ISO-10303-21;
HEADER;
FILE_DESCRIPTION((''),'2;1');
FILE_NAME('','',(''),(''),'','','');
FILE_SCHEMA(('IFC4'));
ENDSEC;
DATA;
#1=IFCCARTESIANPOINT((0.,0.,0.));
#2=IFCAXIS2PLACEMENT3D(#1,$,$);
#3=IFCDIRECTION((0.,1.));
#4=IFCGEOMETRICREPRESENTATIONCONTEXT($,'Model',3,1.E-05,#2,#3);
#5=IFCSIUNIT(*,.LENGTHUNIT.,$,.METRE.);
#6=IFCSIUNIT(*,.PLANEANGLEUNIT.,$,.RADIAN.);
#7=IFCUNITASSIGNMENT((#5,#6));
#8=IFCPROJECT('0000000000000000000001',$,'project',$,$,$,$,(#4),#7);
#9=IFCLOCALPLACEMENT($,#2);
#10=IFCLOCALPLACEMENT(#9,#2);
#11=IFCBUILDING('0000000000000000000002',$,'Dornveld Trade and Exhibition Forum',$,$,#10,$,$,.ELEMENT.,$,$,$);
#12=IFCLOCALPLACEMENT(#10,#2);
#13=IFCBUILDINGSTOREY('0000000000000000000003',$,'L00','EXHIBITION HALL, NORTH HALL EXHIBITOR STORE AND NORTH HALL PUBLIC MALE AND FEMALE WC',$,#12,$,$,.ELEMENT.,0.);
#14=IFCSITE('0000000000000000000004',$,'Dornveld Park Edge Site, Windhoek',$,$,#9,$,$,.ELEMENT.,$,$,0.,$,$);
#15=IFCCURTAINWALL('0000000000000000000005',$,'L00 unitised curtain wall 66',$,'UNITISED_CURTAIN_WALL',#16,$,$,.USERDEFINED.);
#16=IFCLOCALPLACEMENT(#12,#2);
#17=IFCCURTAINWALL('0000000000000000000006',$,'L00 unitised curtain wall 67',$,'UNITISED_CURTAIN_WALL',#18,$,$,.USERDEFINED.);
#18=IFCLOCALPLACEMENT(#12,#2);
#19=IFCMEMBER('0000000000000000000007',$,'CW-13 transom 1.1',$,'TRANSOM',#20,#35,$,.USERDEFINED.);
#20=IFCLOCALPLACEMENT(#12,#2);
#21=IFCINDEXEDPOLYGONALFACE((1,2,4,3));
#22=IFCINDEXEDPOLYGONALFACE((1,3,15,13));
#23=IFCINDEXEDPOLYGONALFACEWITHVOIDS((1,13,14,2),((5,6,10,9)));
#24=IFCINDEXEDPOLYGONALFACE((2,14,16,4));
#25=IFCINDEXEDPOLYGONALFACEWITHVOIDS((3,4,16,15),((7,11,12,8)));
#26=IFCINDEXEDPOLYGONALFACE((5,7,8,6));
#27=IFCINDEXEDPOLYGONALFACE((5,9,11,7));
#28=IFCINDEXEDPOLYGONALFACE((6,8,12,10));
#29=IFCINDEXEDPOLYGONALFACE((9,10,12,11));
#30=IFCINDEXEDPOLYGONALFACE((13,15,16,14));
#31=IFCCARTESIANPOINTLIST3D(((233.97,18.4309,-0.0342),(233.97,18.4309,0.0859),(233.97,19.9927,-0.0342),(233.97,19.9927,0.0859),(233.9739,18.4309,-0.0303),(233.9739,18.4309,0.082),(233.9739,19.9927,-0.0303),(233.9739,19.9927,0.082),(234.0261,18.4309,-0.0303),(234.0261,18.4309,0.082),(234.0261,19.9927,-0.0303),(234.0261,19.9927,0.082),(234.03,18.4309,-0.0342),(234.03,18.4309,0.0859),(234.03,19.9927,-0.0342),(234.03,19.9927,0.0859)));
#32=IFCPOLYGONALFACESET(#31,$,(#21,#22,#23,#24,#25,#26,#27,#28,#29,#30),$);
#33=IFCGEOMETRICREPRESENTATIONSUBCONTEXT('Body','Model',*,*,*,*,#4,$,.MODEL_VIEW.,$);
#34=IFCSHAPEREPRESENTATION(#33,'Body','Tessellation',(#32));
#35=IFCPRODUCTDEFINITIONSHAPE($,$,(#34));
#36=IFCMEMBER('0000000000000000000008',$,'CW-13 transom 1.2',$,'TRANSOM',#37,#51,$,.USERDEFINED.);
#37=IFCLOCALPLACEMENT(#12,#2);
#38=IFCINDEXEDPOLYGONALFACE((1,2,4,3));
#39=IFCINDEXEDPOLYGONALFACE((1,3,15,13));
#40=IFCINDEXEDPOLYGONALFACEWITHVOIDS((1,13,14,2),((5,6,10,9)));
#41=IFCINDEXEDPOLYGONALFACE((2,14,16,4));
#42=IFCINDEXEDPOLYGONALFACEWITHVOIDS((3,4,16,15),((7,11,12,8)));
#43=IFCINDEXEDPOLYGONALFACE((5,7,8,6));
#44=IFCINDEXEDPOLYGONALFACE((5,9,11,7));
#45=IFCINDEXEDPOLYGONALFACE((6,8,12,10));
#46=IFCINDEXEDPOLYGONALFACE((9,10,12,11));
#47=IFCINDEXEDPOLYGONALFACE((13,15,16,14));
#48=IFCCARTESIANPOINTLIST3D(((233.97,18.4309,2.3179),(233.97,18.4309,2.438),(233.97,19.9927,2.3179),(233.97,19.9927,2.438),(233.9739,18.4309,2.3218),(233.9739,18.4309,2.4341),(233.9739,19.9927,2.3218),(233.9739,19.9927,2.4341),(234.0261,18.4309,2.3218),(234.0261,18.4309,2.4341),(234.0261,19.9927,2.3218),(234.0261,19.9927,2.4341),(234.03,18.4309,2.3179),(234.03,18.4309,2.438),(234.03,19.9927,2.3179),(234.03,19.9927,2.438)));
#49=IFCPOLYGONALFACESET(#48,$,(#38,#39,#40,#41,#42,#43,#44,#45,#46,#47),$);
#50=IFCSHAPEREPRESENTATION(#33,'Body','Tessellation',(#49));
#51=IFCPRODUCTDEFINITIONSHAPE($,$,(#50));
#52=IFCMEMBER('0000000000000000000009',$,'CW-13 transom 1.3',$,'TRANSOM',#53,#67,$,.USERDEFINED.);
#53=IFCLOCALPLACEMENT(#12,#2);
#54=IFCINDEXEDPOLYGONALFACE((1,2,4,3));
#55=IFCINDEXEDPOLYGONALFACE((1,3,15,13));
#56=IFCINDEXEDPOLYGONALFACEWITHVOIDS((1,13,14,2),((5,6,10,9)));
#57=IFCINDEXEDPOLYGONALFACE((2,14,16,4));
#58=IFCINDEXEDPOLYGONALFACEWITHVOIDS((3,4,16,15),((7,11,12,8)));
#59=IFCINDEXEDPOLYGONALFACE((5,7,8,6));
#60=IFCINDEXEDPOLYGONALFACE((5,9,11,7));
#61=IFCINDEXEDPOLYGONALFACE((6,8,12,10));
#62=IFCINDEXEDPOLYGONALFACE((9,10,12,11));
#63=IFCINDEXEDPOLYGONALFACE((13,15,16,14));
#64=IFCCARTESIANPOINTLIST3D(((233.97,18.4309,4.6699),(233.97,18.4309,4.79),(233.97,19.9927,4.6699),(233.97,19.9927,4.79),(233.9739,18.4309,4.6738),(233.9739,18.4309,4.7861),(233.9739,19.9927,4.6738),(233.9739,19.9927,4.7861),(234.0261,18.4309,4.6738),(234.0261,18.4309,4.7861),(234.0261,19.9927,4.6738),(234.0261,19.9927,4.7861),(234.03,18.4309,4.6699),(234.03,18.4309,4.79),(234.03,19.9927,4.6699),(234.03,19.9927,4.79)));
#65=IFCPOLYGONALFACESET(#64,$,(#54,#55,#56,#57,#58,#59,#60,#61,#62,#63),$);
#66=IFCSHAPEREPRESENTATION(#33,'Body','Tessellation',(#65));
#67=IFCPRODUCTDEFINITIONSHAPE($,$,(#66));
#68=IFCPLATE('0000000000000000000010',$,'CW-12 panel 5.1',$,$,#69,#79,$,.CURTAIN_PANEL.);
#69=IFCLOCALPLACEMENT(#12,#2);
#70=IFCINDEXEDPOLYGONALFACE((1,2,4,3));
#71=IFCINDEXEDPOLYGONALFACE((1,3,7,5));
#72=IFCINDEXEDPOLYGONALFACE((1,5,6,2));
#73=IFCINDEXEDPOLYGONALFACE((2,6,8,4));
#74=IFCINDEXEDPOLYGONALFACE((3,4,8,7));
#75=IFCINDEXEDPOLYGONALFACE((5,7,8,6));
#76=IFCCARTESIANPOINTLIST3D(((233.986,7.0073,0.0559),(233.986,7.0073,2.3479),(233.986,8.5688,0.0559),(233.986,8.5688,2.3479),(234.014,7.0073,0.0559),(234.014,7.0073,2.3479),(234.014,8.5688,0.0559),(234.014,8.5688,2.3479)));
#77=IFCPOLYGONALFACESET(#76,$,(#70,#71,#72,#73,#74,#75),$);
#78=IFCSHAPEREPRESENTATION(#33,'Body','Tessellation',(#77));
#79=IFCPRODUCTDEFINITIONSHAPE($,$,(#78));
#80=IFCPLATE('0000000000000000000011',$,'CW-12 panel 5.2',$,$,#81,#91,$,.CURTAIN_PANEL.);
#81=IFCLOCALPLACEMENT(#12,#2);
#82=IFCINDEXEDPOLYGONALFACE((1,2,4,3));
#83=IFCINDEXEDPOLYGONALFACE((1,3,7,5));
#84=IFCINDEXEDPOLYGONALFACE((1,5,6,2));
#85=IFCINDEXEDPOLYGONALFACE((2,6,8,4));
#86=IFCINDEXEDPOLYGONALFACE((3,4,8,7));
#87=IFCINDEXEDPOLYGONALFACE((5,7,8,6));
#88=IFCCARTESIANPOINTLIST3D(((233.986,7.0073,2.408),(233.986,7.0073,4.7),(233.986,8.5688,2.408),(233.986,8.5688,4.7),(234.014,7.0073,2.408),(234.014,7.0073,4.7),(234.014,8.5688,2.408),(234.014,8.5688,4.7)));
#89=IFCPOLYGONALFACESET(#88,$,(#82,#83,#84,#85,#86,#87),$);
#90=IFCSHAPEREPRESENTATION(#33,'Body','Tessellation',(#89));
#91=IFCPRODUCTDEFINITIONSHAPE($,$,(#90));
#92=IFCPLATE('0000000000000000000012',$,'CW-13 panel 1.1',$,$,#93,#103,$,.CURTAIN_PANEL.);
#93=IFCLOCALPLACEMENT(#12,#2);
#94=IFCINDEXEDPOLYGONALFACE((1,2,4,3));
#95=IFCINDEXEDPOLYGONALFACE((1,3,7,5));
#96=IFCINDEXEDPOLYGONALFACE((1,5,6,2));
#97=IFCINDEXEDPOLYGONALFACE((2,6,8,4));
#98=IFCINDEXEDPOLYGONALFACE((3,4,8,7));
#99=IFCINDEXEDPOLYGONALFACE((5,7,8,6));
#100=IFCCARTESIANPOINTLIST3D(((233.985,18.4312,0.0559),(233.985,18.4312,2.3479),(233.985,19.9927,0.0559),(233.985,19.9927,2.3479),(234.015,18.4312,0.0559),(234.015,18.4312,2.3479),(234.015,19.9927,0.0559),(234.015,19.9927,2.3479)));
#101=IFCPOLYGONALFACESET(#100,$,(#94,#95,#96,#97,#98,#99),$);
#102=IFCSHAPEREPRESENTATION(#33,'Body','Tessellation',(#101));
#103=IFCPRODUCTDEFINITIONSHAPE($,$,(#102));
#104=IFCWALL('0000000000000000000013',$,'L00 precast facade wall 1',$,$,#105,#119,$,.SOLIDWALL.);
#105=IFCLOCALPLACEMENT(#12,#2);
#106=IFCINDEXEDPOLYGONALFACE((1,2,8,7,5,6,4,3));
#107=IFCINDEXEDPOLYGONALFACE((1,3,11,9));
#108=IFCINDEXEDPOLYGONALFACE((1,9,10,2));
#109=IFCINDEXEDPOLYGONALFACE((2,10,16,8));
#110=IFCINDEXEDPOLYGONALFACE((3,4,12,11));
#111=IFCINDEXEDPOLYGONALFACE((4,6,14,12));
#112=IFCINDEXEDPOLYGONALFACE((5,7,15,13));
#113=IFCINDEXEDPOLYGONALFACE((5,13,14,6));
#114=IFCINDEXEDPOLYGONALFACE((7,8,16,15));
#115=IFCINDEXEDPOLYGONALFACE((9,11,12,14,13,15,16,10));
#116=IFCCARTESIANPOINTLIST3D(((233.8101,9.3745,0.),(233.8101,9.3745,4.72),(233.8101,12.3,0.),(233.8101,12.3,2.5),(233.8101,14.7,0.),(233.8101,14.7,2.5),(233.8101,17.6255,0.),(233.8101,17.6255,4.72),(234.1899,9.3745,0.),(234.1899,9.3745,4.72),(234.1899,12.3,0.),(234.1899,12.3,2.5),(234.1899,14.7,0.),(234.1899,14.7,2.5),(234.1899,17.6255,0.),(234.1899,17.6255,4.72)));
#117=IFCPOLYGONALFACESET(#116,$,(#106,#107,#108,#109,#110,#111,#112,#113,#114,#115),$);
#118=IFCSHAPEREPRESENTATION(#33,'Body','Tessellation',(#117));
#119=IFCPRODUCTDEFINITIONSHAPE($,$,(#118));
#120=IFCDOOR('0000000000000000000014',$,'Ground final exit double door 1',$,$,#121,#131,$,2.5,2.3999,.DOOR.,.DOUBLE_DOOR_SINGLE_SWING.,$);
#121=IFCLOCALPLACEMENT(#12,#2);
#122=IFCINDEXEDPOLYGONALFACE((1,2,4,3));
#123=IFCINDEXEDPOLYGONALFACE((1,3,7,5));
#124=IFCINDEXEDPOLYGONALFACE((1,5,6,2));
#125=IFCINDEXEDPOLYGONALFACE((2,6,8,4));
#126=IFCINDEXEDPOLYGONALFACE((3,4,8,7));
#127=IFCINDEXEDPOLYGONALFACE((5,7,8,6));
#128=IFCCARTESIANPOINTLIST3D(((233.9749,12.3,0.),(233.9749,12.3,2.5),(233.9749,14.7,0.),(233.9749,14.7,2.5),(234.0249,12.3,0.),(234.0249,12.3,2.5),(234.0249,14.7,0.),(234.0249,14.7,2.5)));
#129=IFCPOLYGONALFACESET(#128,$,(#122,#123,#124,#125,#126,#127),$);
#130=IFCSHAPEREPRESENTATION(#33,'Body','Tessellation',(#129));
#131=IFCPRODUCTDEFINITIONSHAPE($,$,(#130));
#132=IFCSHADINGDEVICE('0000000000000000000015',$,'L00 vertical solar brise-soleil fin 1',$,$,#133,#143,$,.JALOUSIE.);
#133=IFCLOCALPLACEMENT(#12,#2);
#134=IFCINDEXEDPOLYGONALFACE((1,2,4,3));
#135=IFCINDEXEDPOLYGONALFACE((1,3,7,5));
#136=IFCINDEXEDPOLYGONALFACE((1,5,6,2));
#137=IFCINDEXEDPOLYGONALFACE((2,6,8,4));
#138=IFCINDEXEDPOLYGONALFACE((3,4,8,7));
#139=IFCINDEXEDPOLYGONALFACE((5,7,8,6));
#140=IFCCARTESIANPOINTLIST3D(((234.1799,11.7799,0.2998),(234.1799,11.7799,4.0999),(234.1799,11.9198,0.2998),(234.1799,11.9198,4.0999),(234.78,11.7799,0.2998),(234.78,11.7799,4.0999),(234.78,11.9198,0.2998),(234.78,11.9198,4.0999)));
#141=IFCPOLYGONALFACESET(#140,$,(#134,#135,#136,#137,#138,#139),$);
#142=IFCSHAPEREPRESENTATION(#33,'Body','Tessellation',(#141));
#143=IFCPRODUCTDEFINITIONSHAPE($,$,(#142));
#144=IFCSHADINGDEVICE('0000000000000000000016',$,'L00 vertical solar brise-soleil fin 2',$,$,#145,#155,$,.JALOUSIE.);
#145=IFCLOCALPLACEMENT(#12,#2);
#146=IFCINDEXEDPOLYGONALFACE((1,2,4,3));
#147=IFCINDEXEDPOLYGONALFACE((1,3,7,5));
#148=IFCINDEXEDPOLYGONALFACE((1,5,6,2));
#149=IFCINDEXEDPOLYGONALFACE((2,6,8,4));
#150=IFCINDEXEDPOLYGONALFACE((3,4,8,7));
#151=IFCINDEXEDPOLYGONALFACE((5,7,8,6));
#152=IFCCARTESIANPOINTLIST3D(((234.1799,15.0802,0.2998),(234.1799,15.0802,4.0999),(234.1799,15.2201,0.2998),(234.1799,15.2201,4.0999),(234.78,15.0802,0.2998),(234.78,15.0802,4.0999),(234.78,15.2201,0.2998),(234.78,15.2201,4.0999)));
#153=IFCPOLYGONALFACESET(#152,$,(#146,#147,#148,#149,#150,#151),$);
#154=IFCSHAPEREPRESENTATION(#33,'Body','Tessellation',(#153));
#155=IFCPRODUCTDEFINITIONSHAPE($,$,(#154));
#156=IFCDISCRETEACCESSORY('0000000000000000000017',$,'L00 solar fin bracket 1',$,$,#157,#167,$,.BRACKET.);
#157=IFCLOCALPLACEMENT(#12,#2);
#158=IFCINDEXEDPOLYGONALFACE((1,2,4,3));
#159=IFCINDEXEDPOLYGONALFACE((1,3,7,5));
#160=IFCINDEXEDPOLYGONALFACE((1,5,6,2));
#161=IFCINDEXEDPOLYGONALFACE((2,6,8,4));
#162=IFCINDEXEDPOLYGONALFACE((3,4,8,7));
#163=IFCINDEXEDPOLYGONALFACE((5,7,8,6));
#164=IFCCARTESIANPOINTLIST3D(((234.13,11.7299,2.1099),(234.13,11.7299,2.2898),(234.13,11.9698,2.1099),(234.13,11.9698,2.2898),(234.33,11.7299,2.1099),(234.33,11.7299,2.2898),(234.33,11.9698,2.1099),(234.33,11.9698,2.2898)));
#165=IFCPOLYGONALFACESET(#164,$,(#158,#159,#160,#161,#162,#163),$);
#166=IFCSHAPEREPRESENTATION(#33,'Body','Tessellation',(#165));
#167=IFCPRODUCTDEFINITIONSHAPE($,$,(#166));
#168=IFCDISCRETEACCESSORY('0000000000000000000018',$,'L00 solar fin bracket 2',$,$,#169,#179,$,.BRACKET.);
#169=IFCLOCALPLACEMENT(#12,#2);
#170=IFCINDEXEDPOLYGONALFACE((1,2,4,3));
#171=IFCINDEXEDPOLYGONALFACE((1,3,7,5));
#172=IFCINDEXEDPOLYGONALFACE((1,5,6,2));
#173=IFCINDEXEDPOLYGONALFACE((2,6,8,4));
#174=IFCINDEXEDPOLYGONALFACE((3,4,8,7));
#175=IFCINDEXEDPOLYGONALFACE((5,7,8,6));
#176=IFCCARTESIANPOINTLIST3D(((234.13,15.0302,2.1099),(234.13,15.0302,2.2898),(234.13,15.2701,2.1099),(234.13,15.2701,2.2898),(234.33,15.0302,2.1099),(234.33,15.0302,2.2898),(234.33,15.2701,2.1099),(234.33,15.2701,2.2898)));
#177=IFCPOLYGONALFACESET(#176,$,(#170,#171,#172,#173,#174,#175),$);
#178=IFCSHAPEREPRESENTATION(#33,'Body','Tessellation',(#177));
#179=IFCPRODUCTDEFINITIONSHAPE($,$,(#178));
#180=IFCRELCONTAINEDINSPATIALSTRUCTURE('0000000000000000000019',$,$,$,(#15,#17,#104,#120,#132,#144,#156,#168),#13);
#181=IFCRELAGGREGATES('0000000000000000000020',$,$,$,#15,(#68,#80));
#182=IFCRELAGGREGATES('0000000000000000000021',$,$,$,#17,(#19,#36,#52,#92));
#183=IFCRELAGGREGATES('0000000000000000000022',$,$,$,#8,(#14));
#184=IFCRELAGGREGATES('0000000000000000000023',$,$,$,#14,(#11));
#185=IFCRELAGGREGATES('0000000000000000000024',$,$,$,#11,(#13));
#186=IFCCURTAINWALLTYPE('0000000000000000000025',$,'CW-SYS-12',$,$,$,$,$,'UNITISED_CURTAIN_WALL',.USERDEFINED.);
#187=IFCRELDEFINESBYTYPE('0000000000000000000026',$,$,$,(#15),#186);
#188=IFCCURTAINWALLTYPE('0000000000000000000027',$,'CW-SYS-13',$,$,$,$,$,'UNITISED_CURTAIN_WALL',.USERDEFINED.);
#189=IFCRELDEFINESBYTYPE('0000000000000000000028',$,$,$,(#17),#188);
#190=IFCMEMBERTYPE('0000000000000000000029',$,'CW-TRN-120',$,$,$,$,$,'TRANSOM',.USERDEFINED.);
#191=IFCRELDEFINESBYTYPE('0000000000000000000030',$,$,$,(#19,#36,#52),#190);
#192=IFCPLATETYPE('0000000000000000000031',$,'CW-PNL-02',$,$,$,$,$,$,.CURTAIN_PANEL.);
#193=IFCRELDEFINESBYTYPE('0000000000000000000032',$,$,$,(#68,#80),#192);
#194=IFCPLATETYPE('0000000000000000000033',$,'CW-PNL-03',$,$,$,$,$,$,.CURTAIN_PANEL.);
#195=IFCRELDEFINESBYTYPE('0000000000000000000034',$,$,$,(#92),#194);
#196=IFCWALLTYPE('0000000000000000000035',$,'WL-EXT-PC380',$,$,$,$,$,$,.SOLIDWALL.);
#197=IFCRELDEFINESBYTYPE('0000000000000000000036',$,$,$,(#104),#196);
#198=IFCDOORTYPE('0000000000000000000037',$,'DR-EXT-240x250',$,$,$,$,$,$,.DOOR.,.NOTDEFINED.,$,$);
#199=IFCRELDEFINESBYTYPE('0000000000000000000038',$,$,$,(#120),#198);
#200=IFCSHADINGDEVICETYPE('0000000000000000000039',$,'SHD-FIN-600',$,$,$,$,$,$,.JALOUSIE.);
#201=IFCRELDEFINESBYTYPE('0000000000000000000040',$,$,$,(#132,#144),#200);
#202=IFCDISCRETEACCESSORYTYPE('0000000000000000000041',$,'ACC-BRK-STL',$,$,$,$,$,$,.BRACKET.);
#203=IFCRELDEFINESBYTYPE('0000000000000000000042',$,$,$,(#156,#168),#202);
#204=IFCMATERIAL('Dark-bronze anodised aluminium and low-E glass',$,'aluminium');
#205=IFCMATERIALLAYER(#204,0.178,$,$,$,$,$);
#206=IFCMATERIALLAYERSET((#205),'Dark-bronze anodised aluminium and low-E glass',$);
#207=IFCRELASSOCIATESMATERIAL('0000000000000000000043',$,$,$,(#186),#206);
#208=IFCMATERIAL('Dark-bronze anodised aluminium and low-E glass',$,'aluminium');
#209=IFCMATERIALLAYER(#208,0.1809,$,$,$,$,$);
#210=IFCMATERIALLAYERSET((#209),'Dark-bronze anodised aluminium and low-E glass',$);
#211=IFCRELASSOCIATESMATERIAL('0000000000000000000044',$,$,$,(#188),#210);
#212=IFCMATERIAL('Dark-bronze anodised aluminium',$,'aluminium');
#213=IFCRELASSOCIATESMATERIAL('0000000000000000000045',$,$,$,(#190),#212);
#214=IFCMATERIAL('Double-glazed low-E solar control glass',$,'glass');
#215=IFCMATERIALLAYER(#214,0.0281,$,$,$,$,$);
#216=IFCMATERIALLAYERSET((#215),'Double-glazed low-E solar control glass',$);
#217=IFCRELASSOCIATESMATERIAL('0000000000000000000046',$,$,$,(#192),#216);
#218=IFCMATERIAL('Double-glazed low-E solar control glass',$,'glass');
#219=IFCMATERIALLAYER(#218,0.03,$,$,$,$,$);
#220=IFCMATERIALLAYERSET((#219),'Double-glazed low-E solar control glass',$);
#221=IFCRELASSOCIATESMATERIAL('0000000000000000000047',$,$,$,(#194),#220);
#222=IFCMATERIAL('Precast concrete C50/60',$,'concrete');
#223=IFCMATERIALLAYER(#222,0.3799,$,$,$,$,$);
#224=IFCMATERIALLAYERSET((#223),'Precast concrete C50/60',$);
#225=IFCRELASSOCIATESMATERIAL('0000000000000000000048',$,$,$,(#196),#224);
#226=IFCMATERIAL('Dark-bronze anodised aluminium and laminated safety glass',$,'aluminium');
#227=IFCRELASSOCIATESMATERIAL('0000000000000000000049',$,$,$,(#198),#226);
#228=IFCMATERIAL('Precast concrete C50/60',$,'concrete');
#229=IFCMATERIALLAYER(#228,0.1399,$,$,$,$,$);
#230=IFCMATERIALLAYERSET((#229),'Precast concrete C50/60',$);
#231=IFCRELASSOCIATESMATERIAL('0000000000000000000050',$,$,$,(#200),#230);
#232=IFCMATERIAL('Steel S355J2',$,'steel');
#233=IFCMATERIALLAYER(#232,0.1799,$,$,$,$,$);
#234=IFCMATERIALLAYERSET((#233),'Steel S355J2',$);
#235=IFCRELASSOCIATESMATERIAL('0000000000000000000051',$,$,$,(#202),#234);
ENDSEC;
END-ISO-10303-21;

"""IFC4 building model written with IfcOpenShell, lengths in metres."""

from ifc_helpers import new_model, si_unit, direction, frame, frame_2d, origin, origin_2d, place, context, subcontext, project, spatial, rectangle, hollow_rectangle, extrude, material, layer, layer_set, material_profile, profile_set, type_object, element, fill, aggregate, save


model = new_model("IFC4")

# Units and contexts
model_context = context("Model", 3, precision=1e-05, world=origin(), true_north=direction((0.0, 1.0)))
body_context = subcontext(model_context, "Body", "Model", "MODEL_VIEW")
ifc_project = project(units=[si_unit("LENGTHUNIT", "METRE"), si_unit("PLANEANGLEUNIT", "RADIAN")], contexts=[model_context])

# Site, building, storey
site_placement = place(None, origin())
site = spatial("IfcSite", under=ifc_project, at=site_placement, Name="Dornveld Park Edge Site, Windhoek", CompositionType="ELEMENT", RefElevation=0.0)
building_placement = place(site_placement, origin())
building = spatial("IfcBuilding", under=site, at=building_placement, Name="Dornveld Trade and Exhibition Forum", CompositionType="ELEMENT")
storey_placement = place(building_placement, origin())
storey = spatial("IfcBuildingStorey", under=building, at=storey_placement, Name="L00", Description="EXHIBITION HALL, NORTH HALL EXHIBITOR STORE AND NORTH HALL PUBLIC MALE AND FEMALE WC", CompositionType="ELEMENT", Elevation=0.0)

# Curtain walls
ifc_material_1 = material(Name="Dark-bronze anodised aluminium and low-E glass", Category="aluminium")
ifc_layer_1 = layer(ifc_material_1, 0.178)
ifc_layer_set_1 = layer_set([ifc_layer_1], Name="Dark-bronze anodised aluminium and low-E glass")
curtain_wall_type_1 = type_object("IfcCurtainWallType", Name="CW-SYS-12", ElementType="UNITISED_CURTAIN_WALL", PredefinedType="USERDEFINED", material=ifc_layer_set_1)
curtain_wall_1_placement = place(storey_placement, origin())
curtain_wall_1 = element("IfcCurtainWall", 1, at=curtain_wall_1_placement, inside=storey, type_object=curtain_wall_type_1, Name="L00 unitised curtain wall 66", ObjectType="UNITISED_CURTAIN_WALL", PredefinedType="USERDEFINED")
ifc_material_2 = material(Name="Dark-bronze anodised aluminium and low-E glass", Category="aluminium")
ifc_layer_2 = layer(ifc_material_2, 0.1809)
ifc_layer_set_2 = layer_set([ifc_layer_2], Name="Dark-bronze anodised aluminium and low-E glass")
curtain_wall_type_2 = type_object("IfcCurtainWallType", Name="CW-SYS-13", ElementType="UNITISED_CURTAIN_WALL", PredefinedType="USERDEFINED", material=ifc_layer_set_2)
curtain_wall_2_placement = place(storey_placement, origin())
curtain_wall_2 = element("IfcCurtainWall", 2, at=curtain_wall_2_placement, inside=storey, type_object=curtain_wall_type_2, Name="L00 unitised curtain wall 67", ObjectType="UNITISED_CURTAIN_WALL", PredefinedType="USERDEFINED")

# Members
ifc_material_3 = material(Name="Dark-bronze anodised aluminium", Category="aluminium")
ifc_material_profile_1 = material_profile(ifc_material_3, hollow_rectangle(XDim=0.0601, YDim=0.1201, WallThickness=0.0039, at=origin_2d()), Name="RHS 120x60x4")
ifc_profile_set_1 = profile_set([ifc_material_profile_1], Name="Dark-bronze anodised aluminium")
member_type_1 = type_object("IfcMemberType", Name="CW-TRN-120", ElementType="TRANSOM", PredefinedType="USERDEFINED", material=ifc_profile_set_1)
member_1_placement = place(storey_placement, frame((234.0, 18.4309, 0.0259), z_axis=(0.0, 1.0, 0.0), x_axis=(-1.0, 0.0, 0.0)))
member_1 = element("IfcMember", 3, at=member_1_placement, type_object=member_type_1, Name="CW-13 transom 1.1", ObjectType="TRANSOM", PredefinedType="USERDEFINED", context=body_context, shape_type="SweptSolid", body=[
    extrude(hollow_rectangle(XDim=0.0601, YDim=0.1201, WallThickness=0.0039, at=origin_2d()), origin(), (0.0, 0.0, 1.0), 1.5618),
])
member_2_placement = place(storey_placement, frame((234.0, 18.4309, 2.3779), z_axis=(0.0, 1.0, 0.0), x_axis=(-1.0, 0.0, 0.0)))
member_2 = element("IfcMember", 4, at=member_2_placement, type_object=member_type_1, Name="CW-13 transom 1.2", ObjectType="TRANSOM", PredefinedType="USERDEFINED", context=body_context, shape_type="SweptSolid", body=[
    extrude(hollow_rectangle(XDim=0.0601, YDim=0.1201, WallThickness=0.0039, at=origin_2d()), origin(), (0.0, 0.0, 1.0), 1.5618),
])
member_3_placement = place(storey_placement, frame((234.0, 18.4309, 4.73), z_axis=(0.0, 1.0, 0.0), x_axis=(-1.0, 0.0, 0.0)))
member_3 = element("IfcMember", 5, at=member_3_placement, type_object=member_type_1, Name="CW-13 transom 1.3", ObjectType="TRANSOM", PredefinedType="USERDEFINED", context=body_context, shape_type="SweptSolid", body=[
    extrude(hollow_rectangle(XDim=0.0601, YDim=0.1201, WallThickness=0.0039, at=origin_2d()), origin(), (0.0, 0.0, 1.0), 1.5618),
])

# Plates
ifc_material_4 = material(Name="Double-glazed low-E solar control glass", Category="glass")
ifc_layer_3 = layer(ifc_material_4, 0.0281)
ifc_layer_set_3 = layer_set([ifc_layer_3], Name="Double-glazed low-E solar control glass")
plate_type_1 = type_object("IfcPlateType", Name="CW-PNL-02", PredefinedType="CURTAIN_PANEL", material=ifc_layer_set_3)
plate_1_placement = place(storey_placement, frame((234.0, 7.7881, 0.0559), z_axis=(0.0, 0.0, 1.0), x_axis=(0.0, 1.0, 0.0)))
plate_1 = element("IfcPlate", 6, at=plate_1_placement, type_object=plate_type_1, Name="CW-12 panel 5.1", PredefinedType="CURTAIN_PANEL", context=body_context, shape_type="SweptSolid", body=[
    extrude(rectangle(XDim=1.5615, YDim=0.0281, at=origin_2d()), origin(), (0.0, 0.0, 1.0), 2.292),
])
plate_2_placement = place(storey_placement, frame((234.0, 7.7881, 2.408), z_axis=(0.0, 0.0, 1.0), x_axis=(0.0, 1.0, 0.0)))
plate_2 = element("IfcPlate", 7, at=plate_2_placement, type_object=plate_type_1, Name="CW-12 panel 5.2", PredefinedType="CURTAIN_PANEL", context=body_context, shape_type="SweptSolid", body=[
    extrude(rectangle(XDim=1.5615, YDim=0.0281, at=origin_2d()), origin(), (0.0, 0.0, 1.0), 2.292),
])
aggregate(curtain_wall_1, [plate_1, plate_2])
ifc_material_5 = material(Name="Double-glazed low-E solar control glass", Category="glass")
ifc_layer_4 = layer(ifc_material_5, 0.03)
ifc_layer_set_4 = layer_set([ifc_layer_4], Name="Double-glazed low-E solar control glass")
plate_type_2 = type_object("IfcPlateType", Name="CW-PNL-03", PredefinedType="CURTAIN_PANEL", material=ifc_layer_set_4)
plate_3_placement = place(storey_placement, frame((234.0, 19.2119, 0.0559), z_axis=(0.0, 0.0, 1.0), x_axis=(0.0, 1.0, 0.0)))
plate_3 = element("IfcPlate", 8, at=plate_3_placement, type_object=plate_type_2, Name="CW-13 panel 1.1", PredefinedType="CURTAIN_PANEL", context=body_context, shape_type="SweptSolid", body=[
    extrude(rectangle(XDim=1.5615, YDim=0.03, at=origin_2d()), origin(), (0.0, 0.0, 1.0), 2.292),
])
aggregate(curtain_wall_2, [member_1, member_2, member_3, plate_3])

# Wall, opening, door
ifc_material_6 = material(Name="Precast concrete C50/60", Category="concrete")
ifc_layer_5 = layer(ifc_material_6, 0.3799)
ifc_layer_set_5 = layer_set([ifc_layer_5], Name="Precast concrete C50/60")
wall_type = type_object("IfcWallType", Name="WL-EXT-PC380", PredefinedType="SOLIDWALL", material=ifc_layer_set_5)
wall_placement = place(storey_placement, frame((234.0, 9.3745, 0.0), z_axis=(0.0, 0.0, 1.0), x_axis=(0.0, 1.0, 0.0)))
wall = element("IfcWall", 9, at=wall_placement, inside=storey, type_object=wall_type, Name="L00 precast facade wall 1", PredefinedType="SOLIDWALL", context=body_context, shape_type="SweptSolid", body=[
    extrude(rectangle(XDim=8.251, YDim=0.3799, at=frame_2d((4.1255, 0.0))), origin(), (0.0, 0.0, 1.0), 4.72),
])
opening_placement = place(wall_placement, frame((2.9255, 0.0, 0.0)))
opening = element("IfcOpeningElement", 10, at=opening_placement, cuts=wall, PredefinedType="OPENING", context=body_context, shape_type="SweptSolid", body=[
    extrude(rectangle(XDim=2.3999, YDim=2.5, at=frame_2d((1.2, 1.25))), frame((0.0, 0.2, 0.0), z_axis=(0.0, -1.0, 0.0), x_axis=(1.0, 0.0, 0.0)), (0.0, 0.0, 1.0), 0.3999),
])
ifc_material_7 = material(Name="Dark-bronze anodised aluminium and laminated safety glass", Category="aluminium")
door_type = type_object("IfcDoorType", Name="DR-EXT-240x250", OperationType="NOTDEFINED", PredefinedType="DOOR", material=ifc_material_7)
door_placement = place(opening_placement, frame((2.3999, 0.0, 0.0), z_axis=(0.0, 0.0, 1.0), x_axis=(-1.0, 0.0, 0.0)))
door = element("IfcDoor", 11, at=door_placement, inside=storey, type_object=door_type, Name="Ground final exit double door 1", OperationType="DOUBLE_DOOR_SINGLE_SWING", OverallHeight=2.5, OverallWidth=2.3999, PredefinedType="DOOR", context=body_context, shape_type="SweptSolid", body=[
    extrude(rectangle(XDim=2.3999, YDim=2.5, at=frame_2d((1.2, 1.25))), frame((0.0, 0.0249, 0.0), z_axis=(0.0, -1.0, 0.0), x_axis=(1.0, 0.0, 0.0)), (0.0, 0.0, 1.0), 0.05),
])
fill(opening, door)

# Shading devices
ifc_material_8 = material(Name="Precast concrete C50/60", Category="concrete")
ifc_layer_6 = layer(ifc_material_8, 0.1399)
ifc_layer_set_6 = layer_set([ifc_layer_6], Name="Precast concrete C50/60")
shading_device_type = type_object("IfcShadingDeviceType", Name="SHD-FIN-600", PredefinedType="JALOUSIE", material=ifc_layer_set_6)
for number, where, z_axis, x_axis, name in (
    (12, (234.48, 11.8499, 0.2998), (0.0, 0.0, 1.0), (0.0, 1.0, 0.0), "L00 vertical solar brise-soleil fin 1"),
    (13, (234.48, 15.1501, 0.2998), (0.0, 0.0, 1.0), (0.0, 1.0, 0.0), "L00 vertical solar brise-soleil fin 2"),
):
    element("IfcShadingDevice", number, at=place(storey_placement, frame(where, z_axis=z_axis, x_axis=x_axis)), inside=storey, type_object=shading_device_type, Name=name, PredefinedType="JALOUSIE", context=body_context, shape_type="SweptSolid", body=[
        extrude(rectangle(XDim=0.1399, YDim=0.6001, at=origin_2d()), origin(), (0.0, 0.0, 1.0), 3.8),
    ])

# Discrete accessories
ifc_material_9 = material(Name="Steel S355J2", Category="steel")
ifc_layer_7 = layer(ifc_material_9, 0.1799)
ifc_layer_set_7 = layer_set([ifc_layer_7], Name="Steel S355J2")
discrete_accessory_type = type_object("IfcDiscreteAccessoryType", Name="ACC-BRK-STL", PredefinedType="BRACKET", material=ifc_layer_set_7)
for number, where, z_axis, x_axis, name in (
    (14, (234.23, 11.8499, 2.1099), (0.0, 0.0, 1.0), (0.0, 1.0, 0.0), "L00 solar fin bracket 1"),
    (15, (234.23, 15.1501, 2.1099), (0.0, 0.0, 1.0), (0.0, 1.0, 0.0), "L00 solar fin bracket 2"),
):
    element("IfcDiscreteAccessory", number, at=place(storey_placement, frame(where, z_axis=z_axis, x_axis=x_axis)), inside=storey, type_object=discrete_accessory_type, Name=name, PredefinedType="BRACKET", context=body_context, shape_type="SweptSolid", body=[
        extrude(rectangle(XDim=0.24, YDim=0.2, at=origin_2d()), origin(), (0.0, 0.0, 1.0), 0.1799),
    ])

save(model, "model.ifc")
